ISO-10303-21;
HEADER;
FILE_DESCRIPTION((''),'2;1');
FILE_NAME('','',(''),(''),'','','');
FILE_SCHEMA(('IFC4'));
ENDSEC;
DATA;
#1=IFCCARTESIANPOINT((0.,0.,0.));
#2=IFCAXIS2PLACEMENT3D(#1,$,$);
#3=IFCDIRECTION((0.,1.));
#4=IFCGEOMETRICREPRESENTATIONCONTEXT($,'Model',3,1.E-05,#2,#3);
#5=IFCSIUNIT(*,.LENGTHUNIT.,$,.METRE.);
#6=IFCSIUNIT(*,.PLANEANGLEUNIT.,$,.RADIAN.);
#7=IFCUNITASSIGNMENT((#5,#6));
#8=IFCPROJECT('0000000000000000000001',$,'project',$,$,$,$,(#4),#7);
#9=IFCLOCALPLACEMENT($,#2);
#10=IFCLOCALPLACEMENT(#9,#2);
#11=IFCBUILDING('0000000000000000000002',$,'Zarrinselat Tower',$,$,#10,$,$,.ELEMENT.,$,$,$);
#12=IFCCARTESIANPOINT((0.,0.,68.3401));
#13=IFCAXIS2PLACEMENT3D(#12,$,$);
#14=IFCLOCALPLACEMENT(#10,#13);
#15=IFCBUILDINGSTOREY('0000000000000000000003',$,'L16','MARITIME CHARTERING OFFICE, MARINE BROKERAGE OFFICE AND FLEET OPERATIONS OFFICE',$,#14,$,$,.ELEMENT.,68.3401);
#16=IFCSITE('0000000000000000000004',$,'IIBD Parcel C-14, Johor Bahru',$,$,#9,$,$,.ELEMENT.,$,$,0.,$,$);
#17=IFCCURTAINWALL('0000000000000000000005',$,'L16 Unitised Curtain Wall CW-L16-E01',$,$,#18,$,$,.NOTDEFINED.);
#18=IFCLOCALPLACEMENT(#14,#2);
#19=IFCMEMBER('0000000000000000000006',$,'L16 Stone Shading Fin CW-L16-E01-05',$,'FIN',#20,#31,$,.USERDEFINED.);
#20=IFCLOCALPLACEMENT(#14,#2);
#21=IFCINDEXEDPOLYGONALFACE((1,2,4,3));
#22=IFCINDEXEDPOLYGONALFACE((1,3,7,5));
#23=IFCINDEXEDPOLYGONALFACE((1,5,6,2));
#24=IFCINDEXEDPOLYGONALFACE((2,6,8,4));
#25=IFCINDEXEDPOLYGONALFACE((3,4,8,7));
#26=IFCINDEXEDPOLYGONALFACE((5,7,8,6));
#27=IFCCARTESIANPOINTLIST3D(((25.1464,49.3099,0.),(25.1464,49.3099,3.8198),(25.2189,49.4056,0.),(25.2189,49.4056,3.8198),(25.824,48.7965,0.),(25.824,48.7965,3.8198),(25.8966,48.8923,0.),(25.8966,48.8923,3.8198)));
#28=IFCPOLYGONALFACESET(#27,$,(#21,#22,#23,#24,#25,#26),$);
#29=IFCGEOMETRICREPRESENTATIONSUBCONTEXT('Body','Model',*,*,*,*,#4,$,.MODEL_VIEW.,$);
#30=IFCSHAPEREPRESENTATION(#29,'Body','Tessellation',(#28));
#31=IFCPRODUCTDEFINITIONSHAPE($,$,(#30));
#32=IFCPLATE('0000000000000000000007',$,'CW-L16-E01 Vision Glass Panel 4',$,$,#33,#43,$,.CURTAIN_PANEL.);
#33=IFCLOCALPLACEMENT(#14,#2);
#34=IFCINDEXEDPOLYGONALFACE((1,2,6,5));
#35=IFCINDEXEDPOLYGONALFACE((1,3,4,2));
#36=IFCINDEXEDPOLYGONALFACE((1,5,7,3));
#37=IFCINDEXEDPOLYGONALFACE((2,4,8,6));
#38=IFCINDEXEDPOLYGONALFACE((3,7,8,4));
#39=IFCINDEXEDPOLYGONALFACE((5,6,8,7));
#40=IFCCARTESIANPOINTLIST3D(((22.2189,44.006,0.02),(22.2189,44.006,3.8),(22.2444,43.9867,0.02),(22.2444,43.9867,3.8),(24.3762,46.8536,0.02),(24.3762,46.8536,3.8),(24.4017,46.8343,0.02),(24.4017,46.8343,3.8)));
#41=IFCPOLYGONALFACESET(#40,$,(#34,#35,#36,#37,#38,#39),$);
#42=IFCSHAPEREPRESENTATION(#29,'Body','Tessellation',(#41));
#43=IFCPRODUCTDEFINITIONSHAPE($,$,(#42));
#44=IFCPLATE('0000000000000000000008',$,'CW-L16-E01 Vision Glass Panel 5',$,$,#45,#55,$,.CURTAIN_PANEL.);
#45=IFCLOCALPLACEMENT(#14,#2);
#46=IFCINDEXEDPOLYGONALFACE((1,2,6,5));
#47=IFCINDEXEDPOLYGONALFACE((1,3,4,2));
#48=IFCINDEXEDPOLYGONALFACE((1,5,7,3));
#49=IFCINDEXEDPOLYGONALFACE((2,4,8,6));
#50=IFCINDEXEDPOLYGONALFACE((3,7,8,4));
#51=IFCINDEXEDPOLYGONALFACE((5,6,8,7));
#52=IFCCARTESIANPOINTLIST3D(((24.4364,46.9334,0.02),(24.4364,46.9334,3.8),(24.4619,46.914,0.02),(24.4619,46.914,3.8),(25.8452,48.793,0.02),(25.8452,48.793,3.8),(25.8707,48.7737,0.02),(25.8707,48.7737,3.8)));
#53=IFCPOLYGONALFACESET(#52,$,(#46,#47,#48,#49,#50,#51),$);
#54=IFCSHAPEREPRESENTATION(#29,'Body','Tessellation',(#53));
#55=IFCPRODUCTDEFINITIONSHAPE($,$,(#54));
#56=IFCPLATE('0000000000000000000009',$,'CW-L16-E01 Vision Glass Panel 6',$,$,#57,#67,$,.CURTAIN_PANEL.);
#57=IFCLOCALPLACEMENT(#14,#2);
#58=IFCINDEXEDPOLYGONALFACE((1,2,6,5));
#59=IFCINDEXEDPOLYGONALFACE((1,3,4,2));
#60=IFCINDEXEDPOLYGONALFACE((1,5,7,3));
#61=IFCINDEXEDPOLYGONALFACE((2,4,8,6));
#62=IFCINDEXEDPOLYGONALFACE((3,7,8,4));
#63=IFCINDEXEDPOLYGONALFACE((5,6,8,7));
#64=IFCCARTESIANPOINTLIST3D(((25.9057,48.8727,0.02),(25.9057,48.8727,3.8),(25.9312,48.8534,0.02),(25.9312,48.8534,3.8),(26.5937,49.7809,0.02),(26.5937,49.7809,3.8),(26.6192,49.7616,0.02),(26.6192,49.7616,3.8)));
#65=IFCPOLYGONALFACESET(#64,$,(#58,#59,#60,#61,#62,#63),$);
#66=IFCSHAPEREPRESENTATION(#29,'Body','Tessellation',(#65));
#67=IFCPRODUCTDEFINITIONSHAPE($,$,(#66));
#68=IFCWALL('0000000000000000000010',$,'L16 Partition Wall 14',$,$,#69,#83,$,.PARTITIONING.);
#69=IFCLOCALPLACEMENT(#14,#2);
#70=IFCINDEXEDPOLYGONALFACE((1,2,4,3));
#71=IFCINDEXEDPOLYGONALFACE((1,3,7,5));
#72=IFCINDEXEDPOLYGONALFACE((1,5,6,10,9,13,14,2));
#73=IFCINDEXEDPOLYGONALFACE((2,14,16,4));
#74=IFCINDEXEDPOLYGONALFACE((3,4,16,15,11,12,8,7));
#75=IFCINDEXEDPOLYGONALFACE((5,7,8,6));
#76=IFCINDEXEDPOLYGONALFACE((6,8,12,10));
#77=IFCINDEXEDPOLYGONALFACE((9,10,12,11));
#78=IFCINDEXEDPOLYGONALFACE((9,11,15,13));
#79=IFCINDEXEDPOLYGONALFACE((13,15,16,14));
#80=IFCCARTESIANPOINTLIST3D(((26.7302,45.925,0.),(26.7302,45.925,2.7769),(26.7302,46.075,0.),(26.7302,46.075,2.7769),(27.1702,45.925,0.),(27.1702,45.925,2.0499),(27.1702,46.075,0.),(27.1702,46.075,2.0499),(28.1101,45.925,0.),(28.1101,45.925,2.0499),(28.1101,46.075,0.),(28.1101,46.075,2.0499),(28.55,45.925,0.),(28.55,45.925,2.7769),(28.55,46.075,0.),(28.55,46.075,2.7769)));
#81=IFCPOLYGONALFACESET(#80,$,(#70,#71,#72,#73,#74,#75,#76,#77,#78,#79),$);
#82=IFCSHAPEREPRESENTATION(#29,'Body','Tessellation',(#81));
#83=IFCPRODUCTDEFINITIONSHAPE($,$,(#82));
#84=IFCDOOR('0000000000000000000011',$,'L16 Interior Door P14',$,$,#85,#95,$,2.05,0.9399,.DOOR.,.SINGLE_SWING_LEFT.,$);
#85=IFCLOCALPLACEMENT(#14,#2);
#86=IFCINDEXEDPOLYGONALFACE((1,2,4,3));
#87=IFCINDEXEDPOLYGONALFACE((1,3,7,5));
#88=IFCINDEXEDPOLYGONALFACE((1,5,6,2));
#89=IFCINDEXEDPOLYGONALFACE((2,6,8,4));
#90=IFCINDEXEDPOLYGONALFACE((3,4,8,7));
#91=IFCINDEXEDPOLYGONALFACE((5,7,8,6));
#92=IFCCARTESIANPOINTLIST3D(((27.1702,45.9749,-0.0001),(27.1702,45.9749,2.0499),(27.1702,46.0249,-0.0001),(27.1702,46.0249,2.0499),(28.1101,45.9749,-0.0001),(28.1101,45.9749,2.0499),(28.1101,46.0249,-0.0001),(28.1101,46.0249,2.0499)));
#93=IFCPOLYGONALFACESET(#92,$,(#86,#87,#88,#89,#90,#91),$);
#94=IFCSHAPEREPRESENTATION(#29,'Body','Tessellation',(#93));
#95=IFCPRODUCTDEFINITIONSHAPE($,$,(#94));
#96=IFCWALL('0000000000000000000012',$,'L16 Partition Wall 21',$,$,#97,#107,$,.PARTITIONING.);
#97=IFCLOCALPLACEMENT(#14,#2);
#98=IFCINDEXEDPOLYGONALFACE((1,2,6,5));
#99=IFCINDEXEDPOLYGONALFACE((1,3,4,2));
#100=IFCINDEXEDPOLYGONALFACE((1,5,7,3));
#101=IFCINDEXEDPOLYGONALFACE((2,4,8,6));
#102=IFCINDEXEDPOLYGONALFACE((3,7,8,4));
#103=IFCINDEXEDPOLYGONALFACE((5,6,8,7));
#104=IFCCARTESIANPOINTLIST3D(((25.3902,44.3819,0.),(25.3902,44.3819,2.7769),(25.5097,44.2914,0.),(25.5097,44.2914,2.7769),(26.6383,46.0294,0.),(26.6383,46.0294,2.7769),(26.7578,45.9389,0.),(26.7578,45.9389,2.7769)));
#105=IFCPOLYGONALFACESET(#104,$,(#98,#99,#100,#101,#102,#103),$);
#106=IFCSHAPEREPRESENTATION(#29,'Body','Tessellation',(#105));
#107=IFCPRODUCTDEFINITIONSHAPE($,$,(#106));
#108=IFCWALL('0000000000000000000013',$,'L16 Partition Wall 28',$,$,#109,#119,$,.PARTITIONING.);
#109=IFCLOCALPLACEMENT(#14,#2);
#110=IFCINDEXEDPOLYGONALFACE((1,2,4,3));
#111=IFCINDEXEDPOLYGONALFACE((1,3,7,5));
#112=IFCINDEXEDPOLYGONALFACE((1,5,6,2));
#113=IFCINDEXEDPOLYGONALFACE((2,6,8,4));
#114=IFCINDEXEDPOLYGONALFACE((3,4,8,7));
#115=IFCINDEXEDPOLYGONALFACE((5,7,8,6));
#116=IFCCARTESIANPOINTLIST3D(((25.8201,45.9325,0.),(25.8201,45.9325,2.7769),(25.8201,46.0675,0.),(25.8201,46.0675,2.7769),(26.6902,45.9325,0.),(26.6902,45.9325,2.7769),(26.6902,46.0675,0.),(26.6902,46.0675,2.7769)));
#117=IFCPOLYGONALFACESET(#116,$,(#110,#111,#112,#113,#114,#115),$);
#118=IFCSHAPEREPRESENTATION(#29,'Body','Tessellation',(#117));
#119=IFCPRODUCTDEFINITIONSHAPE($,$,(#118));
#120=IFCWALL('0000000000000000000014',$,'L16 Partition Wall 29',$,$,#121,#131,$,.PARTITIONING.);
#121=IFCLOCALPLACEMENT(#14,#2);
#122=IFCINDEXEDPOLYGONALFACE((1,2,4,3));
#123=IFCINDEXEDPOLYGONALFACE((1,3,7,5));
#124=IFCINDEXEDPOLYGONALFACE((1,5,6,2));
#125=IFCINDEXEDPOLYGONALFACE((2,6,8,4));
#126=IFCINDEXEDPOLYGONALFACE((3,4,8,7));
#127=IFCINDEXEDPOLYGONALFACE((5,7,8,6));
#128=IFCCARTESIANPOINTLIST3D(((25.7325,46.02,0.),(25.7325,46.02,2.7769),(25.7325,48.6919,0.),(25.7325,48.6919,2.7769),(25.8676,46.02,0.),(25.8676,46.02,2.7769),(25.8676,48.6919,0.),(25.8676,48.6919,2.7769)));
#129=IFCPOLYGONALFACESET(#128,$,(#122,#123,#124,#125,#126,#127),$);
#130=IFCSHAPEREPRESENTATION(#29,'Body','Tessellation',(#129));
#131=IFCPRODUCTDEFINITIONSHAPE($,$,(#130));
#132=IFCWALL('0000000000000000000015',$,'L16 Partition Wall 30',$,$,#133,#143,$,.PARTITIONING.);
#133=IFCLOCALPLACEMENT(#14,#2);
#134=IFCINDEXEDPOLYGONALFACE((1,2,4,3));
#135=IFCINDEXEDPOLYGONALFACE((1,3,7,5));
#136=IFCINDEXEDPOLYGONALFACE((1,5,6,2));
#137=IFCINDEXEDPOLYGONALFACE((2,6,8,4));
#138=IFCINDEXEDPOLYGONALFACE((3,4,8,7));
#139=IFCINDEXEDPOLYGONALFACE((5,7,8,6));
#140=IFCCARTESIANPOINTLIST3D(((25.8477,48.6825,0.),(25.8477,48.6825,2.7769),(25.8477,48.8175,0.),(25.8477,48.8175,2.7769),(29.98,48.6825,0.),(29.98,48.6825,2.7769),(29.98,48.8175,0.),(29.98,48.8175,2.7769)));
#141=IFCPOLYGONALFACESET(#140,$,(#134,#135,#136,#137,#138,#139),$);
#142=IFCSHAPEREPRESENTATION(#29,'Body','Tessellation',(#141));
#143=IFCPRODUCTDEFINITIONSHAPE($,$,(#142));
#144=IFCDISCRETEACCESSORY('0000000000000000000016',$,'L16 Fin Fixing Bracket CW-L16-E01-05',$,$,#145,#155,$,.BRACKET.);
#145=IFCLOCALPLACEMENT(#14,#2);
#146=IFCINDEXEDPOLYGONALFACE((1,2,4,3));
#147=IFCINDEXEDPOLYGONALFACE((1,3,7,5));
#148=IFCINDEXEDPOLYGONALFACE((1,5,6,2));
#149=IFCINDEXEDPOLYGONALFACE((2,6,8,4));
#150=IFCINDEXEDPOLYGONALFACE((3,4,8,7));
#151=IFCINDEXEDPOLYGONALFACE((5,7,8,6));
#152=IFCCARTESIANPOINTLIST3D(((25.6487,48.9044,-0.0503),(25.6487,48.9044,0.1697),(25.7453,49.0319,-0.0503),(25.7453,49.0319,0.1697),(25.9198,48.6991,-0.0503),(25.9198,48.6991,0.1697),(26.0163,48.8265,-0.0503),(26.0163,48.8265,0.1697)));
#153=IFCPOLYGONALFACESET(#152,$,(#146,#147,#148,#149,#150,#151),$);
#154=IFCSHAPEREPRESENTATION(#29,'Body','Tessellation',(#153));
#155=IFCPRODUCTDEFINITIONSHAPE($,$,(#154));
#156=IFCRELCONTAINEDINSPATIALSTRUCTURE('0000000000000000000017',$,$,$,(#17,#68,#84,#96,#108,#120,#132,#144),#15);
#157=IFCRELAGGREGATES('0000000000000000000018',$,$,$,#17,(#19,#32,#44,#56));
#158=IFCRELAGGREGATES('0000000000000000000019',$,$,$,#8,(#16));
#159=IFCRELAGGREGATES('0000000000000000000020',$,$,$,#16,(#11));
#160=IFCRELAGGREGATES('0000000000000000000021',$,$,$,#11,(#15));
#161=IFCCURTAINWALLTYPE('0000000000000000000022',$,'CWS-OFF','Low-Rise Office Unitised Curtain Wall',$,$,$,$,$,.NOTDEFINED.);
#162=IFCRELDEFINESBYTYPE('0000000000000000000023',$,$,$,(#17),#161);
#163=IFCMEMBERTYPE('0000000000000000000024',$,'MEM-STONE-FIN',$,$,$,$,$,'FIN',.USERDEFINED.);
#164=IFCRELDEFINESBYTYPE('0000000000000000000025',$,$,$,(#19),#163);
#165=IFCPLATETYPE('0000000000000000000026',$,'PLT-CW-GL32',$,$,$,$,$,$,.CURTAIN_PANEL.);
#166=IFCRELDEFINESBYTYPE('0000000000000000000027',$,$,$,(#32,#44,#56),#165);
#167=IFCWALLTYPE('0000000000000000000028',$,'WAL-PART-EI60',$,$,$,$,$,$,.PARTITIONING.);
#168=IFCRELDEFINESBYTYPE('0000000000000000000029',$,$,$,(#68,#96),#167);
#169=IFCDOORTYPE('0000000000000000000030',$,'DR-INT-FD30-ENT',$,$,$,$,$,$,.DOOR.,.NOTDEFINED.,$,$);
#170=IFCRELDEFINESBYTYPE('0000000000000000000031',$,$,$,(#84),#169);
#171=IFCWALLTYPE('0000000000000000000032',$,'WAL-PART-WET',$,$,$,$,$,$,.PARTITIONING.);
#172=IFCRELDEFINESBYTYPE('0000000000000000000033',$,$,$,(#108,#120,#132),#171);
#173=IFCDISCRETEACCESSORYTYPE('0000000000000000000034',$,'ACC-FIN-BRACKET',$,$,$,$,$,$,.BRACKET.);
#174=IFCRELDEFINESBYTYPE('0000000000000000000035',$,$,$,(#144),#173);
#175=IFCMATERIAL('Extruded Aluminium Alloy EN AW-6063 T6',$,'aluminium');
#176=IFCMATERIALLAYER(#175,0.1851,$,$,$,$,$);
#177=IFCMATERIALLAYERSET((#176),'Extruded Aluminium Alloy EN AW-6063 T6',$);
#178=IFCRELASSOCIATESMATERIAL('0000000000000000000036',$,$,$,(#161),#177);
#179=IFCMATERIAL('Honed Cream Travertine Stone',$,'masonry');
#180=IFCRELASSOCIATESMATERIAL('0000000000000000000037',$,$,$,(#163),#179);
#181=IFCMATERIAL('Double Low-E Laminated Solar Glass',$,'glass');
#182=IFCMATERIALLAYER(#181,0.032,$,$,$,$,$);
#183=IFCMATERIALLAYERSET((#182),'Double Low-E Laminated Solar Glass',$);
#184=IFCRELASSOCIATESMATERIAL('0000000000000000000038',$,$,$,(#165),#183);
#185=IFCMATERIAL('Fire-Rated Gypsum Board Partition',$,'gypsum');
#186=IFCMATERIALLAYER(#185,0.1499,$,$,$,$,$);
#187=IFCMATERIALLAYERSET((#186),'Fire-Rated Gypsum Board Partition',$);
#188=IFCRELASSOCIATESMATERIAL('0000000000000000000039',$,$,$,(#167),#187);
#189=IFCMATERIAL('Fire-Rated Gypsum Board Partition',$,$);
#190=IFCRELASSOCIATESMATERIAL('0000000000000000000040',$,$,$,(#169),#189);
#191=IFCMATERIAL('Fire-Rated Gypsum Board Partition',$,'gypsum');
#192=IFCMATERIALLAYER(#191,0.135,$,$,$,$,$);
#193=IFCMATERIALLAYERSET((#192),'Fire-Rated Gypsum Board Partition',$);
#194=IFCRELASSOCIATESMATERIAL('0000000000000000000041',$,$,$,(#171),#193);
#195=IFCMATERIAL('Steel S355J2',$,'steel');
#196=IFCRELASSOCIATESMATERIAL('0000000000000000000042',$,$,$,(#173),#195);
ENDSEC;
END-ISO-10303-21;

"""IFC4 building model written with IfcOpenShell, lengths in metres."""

from ifc_helpers import new_model, si_unit, direction, frame, frame_2d, origin, origin_2d, place, context, subcontext, project, spatial, rectangle, extrude, material, layer, layer_set, material_profile, profile_set, type_object, element, fill, aggregate, save


model = new_model("IFC4")

# Units and contexts
model_context = context("Model", 3, precision=1e-05, world=origin(), true_north=direction((0.0, 1.0)))
body_context = subcontext(model_context, "Body", "Model", "MODEL_VIEW")
ifc_project = project(units=[si_unit("LENGTHUNIT", "METRE"), si_unit("PLANEANGLEUNIT", "RADIAN")], contexts=[model_context])

# Site, building, storey
site_placement = place(None, origin())
site = spatial("IfcSite", under=ifc_project, at=site_placement, Name="IIBD Parcel C-14, Johor Bahru", CompositionType="ELEMENT", RefElevation=0.0)
building_placement = place(site_placement, origin())
building = spatial("IfcBuilding", under=site, at=building_placement, Name="Zarrinselat Tower", CompositionType="ELEMENT")
storey_placement = place(building_placement, frame((0.0, 0.0, 68.3401)))
storey = spatial("IfcBuildingStorey", under=building, at=storey_placement, Name="L16", Description="MARITIME CHARTERING OFFICE, MARINE BROKERAGE OFFICE AND FLEET OPERATIONS OFFICE", CompositionType="ELEMENT", Elevation=68.3401)

# Curtain wall
ifc_material_1 = material(Name="Extruded Aluminium Alloy EN AW-6063 T6", Category="aluminium")
ifc_layer_1 = layer(ifc_material_1, 0.1851)
ifc_layer_set_1 = layer_set([ifc_layer_1], Name="Extruded Aluminium Alloy EN AW-6063 T6")
curtain_wall_type = type_object("IfcCurtainWallType", Name="CWS-OFF", Description="Low-Rise Office Unitised Curtain Wall", PredefinedType="NOTDEFINED", material=ifc_layer_set_1)
curtain_wall_1_placement = place(storey_placement, origin())
curtain_wall_1 = element("IfcCurtainWall", 1, at=curtain_wall_1_placement, inside=storey, type_object=curtain_wall_type, Name="L16 Unitised Curtain Wall CW-L16-E01", PredefinedType="NOTDEFINED")

# Member
ifc_material_2 = material(Name="Honed Cream Travertine Stone", Category="masonry")
ifc_material_profile_1 = material_profile(ifc_material_2, rectangle(XDim=0.1201, YDim=0.8501, at=origin_2d()), Name="FIN 850x120")
ifc_profile_set_1 = profile_set([ifc_material_profile_1], Name="Honed Cream Travertine Stone")
member_type_1 = type_object("IfcMemberType", Name="MEM-STONE-FIN", ElementType="FIN", PredefinedType="USERDEFINED", material=ifc_profile_set_1)
member_1_placement = place(storey_placement, frame((25.5215, 49.1011, 0.0), z_axis=(0.0, 0.0, 1.0), x_axis=(0.603857, 0.797093, 0.0)))
member_1 = element("IfcMember", 2, at=member_1_placement, type_object=member_type_1, Name="L16 Stone Shading Fin CW-L16-E01-05", ObjectType="FIN", PredefinedType="USERDEFINED", context=body_context, shape_type="SweptSolid", body=[
    extrude(rectangle(XDim=0.1201, YDim=0.8501, at=origin_2d()), origin(), (0.0, 0.0, 1.0), 3.8198),
])

# Plates
ifc_material_3 = material(Name="Double Low-E Laminated Solar Glass", Category="glass")
ifc_layer_2 = layer(ifc_material_3, 0.032)
ifc_layer_set_2 = layer_set([ifc_layer_2], Name="Double Low-E Laminated Solar Glass")
plate_type = type_object("IfcPlateType", Name="PLT-CW-GL32", PredefinedType="CURTAIN_PANEL", material=ifc_layer_set_2)
plate_1_placement = place(storey_placement, frame((23.3103, 45.4202, 0.02), z_axis=(0.0, 0.0, 1.0), x_axis=(0.603857, 0.797093, 0.0)))
plate_1 = element("IfcPlate", 3, at=plate_1_placement, type_object=plate_type, Name="CW-L16-E01 Vision Glass Panel 4", PredefinedType="CURTAIN_PANEL", context=body_context, shape_type="SweptSolid", body=[
    extrude(rectangle(XDim=3.5725, YDim=0.032, at=origin_2d()), origin(), (0.0, 0.0, 1.0), 3.78),
])
plate_2_placement = place(storey_placement, frame((25.1536, 47.8535, 0.02), z_axis=(0.0, 0.0, 1.0), x_axis=(0.603857, 0.797093, 0.0)))
plate_2 = element("IfcPlate", 4, at=plate_2_placement, type_object=plate_type, Name="CW-L16-E01 Vision Glass Panel 5", PredefinedType="CURTAIN_PANEL", context=body_context, shape_type="SweptSolid", body=[
    extrude(rectangle(XDim=2.333, YDim=0.032, at=origin_2d()), origin(), (0.0, 0.0, 1.0), 3.78),
])
plate_3_placement = place(storey_placement, frame((26.2625, 49.3171, 0.02), z_axis=(0.0, 0.0, 1.0), x_axis=(0.603857, 0.797093, 0.0)))
plate_3 = element("IfcPlate", 5, at=plate_3_placement, type_object=plate_type, Name="CW-L16-E01 Vision Glass Panel 6", PredefinedType="CURTAIN_PANEL", context=body_context, shape_type="SweptSolid", body=[
    extrude(rectangle(XDim=1.1394, YDim=0.032, at=origin_2d()), origin(), (0.0, 0.0, 1.0), 3.78),
])
aggregate(curtain_wall_1, [member_1, plate_1, plate_2, plate_3])

# Wall, opening, door
ifc_material_4 = material(Name="Fire-Rated Gypsum Board Partition", Category="gypsum")
ifc_layer_3 = layer(ifc_material_4, 0.1499)
ifc_layer_set_3 = layer_set([ifc_layer_3], Name="Fire-Rated Gypsum Board Partition")
wall_type_1 = type_object("IfcWallType", Name="WAL-PART-EI60", PredefinedType="PARTITIONING", material=ifc_layer_set_3)
wall_1_placement = place(storey_placement, frame((26.7302, 46.0, 0.0), z_axis=(0.0, 0.0, 1.0), x_axis=(1.0, 0.0, 0.0)))
wall_1 = element("IfcWall", 6, at=wall_1_placement, inside=storey, type_object=wall_type_1, Name="L16 Partition Wall 14", PredefinedType="PARTITIONING", context=body_context, shape_type="SweptSolid", body=[
    extrude(rectangle(XDim=1.8198, YDim=0.1499, at=frame_2d((0.9099, 0.0))), origin(), (0.0, 0.0, 1.0), 2.7769),
])
opening_placement = place(wall_1_placement, frame((0.4399, 0.0, 0.0)))
opening = element("IfcOpeningElement", 7, at=opening_placement, cuts=wall_1, PredefinedType="OPENING", context=body_context, shape_type="SweptSolid", body=[
    extrude(rectangle(XDim=0.9399, YDim=2.05, at=frame_2d((0.47, 1.0249))), frame((0.0, 0.085, 0.0), z_axis=(0.0, -1.0, 0.0), x_axis=(1.0, 0.0, 0.0)), (0.0, 0.0, 1.0), 0.1699),
])
ifc_material_5 = material(Name="Fire-Rated Gypsum Board Partition")
door_type = type_object("IfcDoorType", Name="DR-INT-FD30-ENT", OperationType="NOTDEFINED", PredefinedType="DOOR", material=ifc_material_5)
door_placement = place(opening_placement, origin())
door = element("IfcDoor", 8, at=door_placement, inside=storey, type_object=door_type, Name="L16 Interior Door P14", OperationType="SINGLE_SWING_LEFT", OverallHeight=2.05, OverallWidth=0.9399, PredefinedType="DOOR", context=body_context, shape_type="SweptSolid", body=[
    extrude(rectangle(XDim=0.9399, YDim=2.05, at=frame_2d((0.47, 1.0249))), frame((0.0, 0.0249, 0.0), z_axis=(0.0, -1.0, 0.0), x_axis=(1.0, 0.0, 0.0)), (0.0, 0.0, 1.0), 0.05),
])
fill(opening, door)

# Walls
wall_2_placement = place(storey_placement, frame((25.45, 44.3367, 0.0), z_axis=(0.0, 0.0, 1.0), x_axis=(0.603849, 0.797099, 0.0)))
element("IfcWall", 9, at=wall_2_placement, inside=storey, type_object=wall_type_1, Name="L16 Partition Wall 21", PredefinedType="PARTITIONING", context=body_context, shape_type="SweptSolid", body=[
    extrude(rectangle(XDim=2.0669, YDim=0.1499, at=frame_2d((1.0334, 0.0))), origin(), (0.0, 0.0, 1.0), 2.7769),
])
ifc_material_6 = material(Name="Fire-Rated Gypsum Board Partition", Category="gypsum")
ifc_layer_4 = layer(ifc_material_6, 0.135)
ifc_layer_set_4 = layer_set([ifc_layer_4], Name="Fire-Rated Gypsum Board Partition")
wall_type_2 = type_object("IfcWallType", Name="WAL-PART-WET", PredefinedType="PARTITIONING", material=ifc_layer_set_4)
wall_3_placement = place(storey_placement, frame((25.8201, 46.0, 0.0), z_axis=(0.0, 0.0, 1.0), x_axis=(1.0, 0.0, 0.0)))
element("IfcWall", 10, at=wall_3_placement, inside=storey, type_object=wall_type_2, Name="L16 Partition Wall 28", PredefinedType="PARTITIONING", context=body_context, shape_type="SweptSolid", body=[
    extrude(rectangle(XDim=0.8701, YDim=0.135, at=frame_2d((0.4351, 0.0))), origin(), (0.0, 0.0, 1.0), 2.7769),
])
wall_4_placement = place(storey_placement, frame((25.8, 46.02, 0.0), z_axis=(0.0, 0.0, 1.0), x_axis=(0.0, 1.0, 0.0)))
element("IfcWall", 11, at=wall_4_placement, inside=storey, type_object=wall_type_2, Name="L16 Partition Wall 29", PredefinedType="PARTITIONING", context=body_context, shape_type="SweptSolid", body=[
    extrude(rectangle(XDim=2.6719, YDim=0.135, at=frame_2d((1.3359, 0.0))), origin(), (0.0, 0.0, 1.0), 2.7769),
])
wall_5_placement = place(storey_placement, frame((25.8477, 48.75, 0.0), z_axis=(0.0, 0.0, 1.0), x_axis=(1.0, 0.0, 0.0)))
element("IfcWall", 12, at=wall_5_placement, inside=storey, type_object=wall_type_2, Name="L16 Partition Wall 30", PredefinedType="PARTITIONING", context=body_context, shape_type="SweptSolid", body=[
    extrude(rectangle(XDim=4.1323, YDim=0.135, at=frame_2d((2.0662, 0.0))), origin(), (0.0, 0.0, 1.0), 2.7769),
])

# Discrete accessory
ifc_material_7 = material(Name="Steel S355J2", Category="steel")
discrete_accessory_type = type_object("IfcDiscreteAccessoryType", Name="ACC-FIN-BRACKET", PredefinedType="BRACKET", material=ifc_material_7)
discrete_accessory_placement = place(storey_placement, frame((25.8325, 48.8655, -0.0503), z_axis=(0.0, 0.0, 1.0), x_axis=(-0.797093, 0.603857, 0.0)))
element("IfcDiscreteAccessory", 13, at=discrete_accessory_placement, inside=storey, type_object=discrete_accessory_type, Name="L16 Fin Fixing Bracket CW-L16-E01-05", PredefinedType="BRACKET", context=body_context, shape_type="SweptSolid", body=[
    extrude(rectangle(XDim=0.3401, YDim=0.1599, at=origin_2d()), origin(), (0.0, 0.0, 1.0), 0.22),
])

save(model, "model.ifc")
